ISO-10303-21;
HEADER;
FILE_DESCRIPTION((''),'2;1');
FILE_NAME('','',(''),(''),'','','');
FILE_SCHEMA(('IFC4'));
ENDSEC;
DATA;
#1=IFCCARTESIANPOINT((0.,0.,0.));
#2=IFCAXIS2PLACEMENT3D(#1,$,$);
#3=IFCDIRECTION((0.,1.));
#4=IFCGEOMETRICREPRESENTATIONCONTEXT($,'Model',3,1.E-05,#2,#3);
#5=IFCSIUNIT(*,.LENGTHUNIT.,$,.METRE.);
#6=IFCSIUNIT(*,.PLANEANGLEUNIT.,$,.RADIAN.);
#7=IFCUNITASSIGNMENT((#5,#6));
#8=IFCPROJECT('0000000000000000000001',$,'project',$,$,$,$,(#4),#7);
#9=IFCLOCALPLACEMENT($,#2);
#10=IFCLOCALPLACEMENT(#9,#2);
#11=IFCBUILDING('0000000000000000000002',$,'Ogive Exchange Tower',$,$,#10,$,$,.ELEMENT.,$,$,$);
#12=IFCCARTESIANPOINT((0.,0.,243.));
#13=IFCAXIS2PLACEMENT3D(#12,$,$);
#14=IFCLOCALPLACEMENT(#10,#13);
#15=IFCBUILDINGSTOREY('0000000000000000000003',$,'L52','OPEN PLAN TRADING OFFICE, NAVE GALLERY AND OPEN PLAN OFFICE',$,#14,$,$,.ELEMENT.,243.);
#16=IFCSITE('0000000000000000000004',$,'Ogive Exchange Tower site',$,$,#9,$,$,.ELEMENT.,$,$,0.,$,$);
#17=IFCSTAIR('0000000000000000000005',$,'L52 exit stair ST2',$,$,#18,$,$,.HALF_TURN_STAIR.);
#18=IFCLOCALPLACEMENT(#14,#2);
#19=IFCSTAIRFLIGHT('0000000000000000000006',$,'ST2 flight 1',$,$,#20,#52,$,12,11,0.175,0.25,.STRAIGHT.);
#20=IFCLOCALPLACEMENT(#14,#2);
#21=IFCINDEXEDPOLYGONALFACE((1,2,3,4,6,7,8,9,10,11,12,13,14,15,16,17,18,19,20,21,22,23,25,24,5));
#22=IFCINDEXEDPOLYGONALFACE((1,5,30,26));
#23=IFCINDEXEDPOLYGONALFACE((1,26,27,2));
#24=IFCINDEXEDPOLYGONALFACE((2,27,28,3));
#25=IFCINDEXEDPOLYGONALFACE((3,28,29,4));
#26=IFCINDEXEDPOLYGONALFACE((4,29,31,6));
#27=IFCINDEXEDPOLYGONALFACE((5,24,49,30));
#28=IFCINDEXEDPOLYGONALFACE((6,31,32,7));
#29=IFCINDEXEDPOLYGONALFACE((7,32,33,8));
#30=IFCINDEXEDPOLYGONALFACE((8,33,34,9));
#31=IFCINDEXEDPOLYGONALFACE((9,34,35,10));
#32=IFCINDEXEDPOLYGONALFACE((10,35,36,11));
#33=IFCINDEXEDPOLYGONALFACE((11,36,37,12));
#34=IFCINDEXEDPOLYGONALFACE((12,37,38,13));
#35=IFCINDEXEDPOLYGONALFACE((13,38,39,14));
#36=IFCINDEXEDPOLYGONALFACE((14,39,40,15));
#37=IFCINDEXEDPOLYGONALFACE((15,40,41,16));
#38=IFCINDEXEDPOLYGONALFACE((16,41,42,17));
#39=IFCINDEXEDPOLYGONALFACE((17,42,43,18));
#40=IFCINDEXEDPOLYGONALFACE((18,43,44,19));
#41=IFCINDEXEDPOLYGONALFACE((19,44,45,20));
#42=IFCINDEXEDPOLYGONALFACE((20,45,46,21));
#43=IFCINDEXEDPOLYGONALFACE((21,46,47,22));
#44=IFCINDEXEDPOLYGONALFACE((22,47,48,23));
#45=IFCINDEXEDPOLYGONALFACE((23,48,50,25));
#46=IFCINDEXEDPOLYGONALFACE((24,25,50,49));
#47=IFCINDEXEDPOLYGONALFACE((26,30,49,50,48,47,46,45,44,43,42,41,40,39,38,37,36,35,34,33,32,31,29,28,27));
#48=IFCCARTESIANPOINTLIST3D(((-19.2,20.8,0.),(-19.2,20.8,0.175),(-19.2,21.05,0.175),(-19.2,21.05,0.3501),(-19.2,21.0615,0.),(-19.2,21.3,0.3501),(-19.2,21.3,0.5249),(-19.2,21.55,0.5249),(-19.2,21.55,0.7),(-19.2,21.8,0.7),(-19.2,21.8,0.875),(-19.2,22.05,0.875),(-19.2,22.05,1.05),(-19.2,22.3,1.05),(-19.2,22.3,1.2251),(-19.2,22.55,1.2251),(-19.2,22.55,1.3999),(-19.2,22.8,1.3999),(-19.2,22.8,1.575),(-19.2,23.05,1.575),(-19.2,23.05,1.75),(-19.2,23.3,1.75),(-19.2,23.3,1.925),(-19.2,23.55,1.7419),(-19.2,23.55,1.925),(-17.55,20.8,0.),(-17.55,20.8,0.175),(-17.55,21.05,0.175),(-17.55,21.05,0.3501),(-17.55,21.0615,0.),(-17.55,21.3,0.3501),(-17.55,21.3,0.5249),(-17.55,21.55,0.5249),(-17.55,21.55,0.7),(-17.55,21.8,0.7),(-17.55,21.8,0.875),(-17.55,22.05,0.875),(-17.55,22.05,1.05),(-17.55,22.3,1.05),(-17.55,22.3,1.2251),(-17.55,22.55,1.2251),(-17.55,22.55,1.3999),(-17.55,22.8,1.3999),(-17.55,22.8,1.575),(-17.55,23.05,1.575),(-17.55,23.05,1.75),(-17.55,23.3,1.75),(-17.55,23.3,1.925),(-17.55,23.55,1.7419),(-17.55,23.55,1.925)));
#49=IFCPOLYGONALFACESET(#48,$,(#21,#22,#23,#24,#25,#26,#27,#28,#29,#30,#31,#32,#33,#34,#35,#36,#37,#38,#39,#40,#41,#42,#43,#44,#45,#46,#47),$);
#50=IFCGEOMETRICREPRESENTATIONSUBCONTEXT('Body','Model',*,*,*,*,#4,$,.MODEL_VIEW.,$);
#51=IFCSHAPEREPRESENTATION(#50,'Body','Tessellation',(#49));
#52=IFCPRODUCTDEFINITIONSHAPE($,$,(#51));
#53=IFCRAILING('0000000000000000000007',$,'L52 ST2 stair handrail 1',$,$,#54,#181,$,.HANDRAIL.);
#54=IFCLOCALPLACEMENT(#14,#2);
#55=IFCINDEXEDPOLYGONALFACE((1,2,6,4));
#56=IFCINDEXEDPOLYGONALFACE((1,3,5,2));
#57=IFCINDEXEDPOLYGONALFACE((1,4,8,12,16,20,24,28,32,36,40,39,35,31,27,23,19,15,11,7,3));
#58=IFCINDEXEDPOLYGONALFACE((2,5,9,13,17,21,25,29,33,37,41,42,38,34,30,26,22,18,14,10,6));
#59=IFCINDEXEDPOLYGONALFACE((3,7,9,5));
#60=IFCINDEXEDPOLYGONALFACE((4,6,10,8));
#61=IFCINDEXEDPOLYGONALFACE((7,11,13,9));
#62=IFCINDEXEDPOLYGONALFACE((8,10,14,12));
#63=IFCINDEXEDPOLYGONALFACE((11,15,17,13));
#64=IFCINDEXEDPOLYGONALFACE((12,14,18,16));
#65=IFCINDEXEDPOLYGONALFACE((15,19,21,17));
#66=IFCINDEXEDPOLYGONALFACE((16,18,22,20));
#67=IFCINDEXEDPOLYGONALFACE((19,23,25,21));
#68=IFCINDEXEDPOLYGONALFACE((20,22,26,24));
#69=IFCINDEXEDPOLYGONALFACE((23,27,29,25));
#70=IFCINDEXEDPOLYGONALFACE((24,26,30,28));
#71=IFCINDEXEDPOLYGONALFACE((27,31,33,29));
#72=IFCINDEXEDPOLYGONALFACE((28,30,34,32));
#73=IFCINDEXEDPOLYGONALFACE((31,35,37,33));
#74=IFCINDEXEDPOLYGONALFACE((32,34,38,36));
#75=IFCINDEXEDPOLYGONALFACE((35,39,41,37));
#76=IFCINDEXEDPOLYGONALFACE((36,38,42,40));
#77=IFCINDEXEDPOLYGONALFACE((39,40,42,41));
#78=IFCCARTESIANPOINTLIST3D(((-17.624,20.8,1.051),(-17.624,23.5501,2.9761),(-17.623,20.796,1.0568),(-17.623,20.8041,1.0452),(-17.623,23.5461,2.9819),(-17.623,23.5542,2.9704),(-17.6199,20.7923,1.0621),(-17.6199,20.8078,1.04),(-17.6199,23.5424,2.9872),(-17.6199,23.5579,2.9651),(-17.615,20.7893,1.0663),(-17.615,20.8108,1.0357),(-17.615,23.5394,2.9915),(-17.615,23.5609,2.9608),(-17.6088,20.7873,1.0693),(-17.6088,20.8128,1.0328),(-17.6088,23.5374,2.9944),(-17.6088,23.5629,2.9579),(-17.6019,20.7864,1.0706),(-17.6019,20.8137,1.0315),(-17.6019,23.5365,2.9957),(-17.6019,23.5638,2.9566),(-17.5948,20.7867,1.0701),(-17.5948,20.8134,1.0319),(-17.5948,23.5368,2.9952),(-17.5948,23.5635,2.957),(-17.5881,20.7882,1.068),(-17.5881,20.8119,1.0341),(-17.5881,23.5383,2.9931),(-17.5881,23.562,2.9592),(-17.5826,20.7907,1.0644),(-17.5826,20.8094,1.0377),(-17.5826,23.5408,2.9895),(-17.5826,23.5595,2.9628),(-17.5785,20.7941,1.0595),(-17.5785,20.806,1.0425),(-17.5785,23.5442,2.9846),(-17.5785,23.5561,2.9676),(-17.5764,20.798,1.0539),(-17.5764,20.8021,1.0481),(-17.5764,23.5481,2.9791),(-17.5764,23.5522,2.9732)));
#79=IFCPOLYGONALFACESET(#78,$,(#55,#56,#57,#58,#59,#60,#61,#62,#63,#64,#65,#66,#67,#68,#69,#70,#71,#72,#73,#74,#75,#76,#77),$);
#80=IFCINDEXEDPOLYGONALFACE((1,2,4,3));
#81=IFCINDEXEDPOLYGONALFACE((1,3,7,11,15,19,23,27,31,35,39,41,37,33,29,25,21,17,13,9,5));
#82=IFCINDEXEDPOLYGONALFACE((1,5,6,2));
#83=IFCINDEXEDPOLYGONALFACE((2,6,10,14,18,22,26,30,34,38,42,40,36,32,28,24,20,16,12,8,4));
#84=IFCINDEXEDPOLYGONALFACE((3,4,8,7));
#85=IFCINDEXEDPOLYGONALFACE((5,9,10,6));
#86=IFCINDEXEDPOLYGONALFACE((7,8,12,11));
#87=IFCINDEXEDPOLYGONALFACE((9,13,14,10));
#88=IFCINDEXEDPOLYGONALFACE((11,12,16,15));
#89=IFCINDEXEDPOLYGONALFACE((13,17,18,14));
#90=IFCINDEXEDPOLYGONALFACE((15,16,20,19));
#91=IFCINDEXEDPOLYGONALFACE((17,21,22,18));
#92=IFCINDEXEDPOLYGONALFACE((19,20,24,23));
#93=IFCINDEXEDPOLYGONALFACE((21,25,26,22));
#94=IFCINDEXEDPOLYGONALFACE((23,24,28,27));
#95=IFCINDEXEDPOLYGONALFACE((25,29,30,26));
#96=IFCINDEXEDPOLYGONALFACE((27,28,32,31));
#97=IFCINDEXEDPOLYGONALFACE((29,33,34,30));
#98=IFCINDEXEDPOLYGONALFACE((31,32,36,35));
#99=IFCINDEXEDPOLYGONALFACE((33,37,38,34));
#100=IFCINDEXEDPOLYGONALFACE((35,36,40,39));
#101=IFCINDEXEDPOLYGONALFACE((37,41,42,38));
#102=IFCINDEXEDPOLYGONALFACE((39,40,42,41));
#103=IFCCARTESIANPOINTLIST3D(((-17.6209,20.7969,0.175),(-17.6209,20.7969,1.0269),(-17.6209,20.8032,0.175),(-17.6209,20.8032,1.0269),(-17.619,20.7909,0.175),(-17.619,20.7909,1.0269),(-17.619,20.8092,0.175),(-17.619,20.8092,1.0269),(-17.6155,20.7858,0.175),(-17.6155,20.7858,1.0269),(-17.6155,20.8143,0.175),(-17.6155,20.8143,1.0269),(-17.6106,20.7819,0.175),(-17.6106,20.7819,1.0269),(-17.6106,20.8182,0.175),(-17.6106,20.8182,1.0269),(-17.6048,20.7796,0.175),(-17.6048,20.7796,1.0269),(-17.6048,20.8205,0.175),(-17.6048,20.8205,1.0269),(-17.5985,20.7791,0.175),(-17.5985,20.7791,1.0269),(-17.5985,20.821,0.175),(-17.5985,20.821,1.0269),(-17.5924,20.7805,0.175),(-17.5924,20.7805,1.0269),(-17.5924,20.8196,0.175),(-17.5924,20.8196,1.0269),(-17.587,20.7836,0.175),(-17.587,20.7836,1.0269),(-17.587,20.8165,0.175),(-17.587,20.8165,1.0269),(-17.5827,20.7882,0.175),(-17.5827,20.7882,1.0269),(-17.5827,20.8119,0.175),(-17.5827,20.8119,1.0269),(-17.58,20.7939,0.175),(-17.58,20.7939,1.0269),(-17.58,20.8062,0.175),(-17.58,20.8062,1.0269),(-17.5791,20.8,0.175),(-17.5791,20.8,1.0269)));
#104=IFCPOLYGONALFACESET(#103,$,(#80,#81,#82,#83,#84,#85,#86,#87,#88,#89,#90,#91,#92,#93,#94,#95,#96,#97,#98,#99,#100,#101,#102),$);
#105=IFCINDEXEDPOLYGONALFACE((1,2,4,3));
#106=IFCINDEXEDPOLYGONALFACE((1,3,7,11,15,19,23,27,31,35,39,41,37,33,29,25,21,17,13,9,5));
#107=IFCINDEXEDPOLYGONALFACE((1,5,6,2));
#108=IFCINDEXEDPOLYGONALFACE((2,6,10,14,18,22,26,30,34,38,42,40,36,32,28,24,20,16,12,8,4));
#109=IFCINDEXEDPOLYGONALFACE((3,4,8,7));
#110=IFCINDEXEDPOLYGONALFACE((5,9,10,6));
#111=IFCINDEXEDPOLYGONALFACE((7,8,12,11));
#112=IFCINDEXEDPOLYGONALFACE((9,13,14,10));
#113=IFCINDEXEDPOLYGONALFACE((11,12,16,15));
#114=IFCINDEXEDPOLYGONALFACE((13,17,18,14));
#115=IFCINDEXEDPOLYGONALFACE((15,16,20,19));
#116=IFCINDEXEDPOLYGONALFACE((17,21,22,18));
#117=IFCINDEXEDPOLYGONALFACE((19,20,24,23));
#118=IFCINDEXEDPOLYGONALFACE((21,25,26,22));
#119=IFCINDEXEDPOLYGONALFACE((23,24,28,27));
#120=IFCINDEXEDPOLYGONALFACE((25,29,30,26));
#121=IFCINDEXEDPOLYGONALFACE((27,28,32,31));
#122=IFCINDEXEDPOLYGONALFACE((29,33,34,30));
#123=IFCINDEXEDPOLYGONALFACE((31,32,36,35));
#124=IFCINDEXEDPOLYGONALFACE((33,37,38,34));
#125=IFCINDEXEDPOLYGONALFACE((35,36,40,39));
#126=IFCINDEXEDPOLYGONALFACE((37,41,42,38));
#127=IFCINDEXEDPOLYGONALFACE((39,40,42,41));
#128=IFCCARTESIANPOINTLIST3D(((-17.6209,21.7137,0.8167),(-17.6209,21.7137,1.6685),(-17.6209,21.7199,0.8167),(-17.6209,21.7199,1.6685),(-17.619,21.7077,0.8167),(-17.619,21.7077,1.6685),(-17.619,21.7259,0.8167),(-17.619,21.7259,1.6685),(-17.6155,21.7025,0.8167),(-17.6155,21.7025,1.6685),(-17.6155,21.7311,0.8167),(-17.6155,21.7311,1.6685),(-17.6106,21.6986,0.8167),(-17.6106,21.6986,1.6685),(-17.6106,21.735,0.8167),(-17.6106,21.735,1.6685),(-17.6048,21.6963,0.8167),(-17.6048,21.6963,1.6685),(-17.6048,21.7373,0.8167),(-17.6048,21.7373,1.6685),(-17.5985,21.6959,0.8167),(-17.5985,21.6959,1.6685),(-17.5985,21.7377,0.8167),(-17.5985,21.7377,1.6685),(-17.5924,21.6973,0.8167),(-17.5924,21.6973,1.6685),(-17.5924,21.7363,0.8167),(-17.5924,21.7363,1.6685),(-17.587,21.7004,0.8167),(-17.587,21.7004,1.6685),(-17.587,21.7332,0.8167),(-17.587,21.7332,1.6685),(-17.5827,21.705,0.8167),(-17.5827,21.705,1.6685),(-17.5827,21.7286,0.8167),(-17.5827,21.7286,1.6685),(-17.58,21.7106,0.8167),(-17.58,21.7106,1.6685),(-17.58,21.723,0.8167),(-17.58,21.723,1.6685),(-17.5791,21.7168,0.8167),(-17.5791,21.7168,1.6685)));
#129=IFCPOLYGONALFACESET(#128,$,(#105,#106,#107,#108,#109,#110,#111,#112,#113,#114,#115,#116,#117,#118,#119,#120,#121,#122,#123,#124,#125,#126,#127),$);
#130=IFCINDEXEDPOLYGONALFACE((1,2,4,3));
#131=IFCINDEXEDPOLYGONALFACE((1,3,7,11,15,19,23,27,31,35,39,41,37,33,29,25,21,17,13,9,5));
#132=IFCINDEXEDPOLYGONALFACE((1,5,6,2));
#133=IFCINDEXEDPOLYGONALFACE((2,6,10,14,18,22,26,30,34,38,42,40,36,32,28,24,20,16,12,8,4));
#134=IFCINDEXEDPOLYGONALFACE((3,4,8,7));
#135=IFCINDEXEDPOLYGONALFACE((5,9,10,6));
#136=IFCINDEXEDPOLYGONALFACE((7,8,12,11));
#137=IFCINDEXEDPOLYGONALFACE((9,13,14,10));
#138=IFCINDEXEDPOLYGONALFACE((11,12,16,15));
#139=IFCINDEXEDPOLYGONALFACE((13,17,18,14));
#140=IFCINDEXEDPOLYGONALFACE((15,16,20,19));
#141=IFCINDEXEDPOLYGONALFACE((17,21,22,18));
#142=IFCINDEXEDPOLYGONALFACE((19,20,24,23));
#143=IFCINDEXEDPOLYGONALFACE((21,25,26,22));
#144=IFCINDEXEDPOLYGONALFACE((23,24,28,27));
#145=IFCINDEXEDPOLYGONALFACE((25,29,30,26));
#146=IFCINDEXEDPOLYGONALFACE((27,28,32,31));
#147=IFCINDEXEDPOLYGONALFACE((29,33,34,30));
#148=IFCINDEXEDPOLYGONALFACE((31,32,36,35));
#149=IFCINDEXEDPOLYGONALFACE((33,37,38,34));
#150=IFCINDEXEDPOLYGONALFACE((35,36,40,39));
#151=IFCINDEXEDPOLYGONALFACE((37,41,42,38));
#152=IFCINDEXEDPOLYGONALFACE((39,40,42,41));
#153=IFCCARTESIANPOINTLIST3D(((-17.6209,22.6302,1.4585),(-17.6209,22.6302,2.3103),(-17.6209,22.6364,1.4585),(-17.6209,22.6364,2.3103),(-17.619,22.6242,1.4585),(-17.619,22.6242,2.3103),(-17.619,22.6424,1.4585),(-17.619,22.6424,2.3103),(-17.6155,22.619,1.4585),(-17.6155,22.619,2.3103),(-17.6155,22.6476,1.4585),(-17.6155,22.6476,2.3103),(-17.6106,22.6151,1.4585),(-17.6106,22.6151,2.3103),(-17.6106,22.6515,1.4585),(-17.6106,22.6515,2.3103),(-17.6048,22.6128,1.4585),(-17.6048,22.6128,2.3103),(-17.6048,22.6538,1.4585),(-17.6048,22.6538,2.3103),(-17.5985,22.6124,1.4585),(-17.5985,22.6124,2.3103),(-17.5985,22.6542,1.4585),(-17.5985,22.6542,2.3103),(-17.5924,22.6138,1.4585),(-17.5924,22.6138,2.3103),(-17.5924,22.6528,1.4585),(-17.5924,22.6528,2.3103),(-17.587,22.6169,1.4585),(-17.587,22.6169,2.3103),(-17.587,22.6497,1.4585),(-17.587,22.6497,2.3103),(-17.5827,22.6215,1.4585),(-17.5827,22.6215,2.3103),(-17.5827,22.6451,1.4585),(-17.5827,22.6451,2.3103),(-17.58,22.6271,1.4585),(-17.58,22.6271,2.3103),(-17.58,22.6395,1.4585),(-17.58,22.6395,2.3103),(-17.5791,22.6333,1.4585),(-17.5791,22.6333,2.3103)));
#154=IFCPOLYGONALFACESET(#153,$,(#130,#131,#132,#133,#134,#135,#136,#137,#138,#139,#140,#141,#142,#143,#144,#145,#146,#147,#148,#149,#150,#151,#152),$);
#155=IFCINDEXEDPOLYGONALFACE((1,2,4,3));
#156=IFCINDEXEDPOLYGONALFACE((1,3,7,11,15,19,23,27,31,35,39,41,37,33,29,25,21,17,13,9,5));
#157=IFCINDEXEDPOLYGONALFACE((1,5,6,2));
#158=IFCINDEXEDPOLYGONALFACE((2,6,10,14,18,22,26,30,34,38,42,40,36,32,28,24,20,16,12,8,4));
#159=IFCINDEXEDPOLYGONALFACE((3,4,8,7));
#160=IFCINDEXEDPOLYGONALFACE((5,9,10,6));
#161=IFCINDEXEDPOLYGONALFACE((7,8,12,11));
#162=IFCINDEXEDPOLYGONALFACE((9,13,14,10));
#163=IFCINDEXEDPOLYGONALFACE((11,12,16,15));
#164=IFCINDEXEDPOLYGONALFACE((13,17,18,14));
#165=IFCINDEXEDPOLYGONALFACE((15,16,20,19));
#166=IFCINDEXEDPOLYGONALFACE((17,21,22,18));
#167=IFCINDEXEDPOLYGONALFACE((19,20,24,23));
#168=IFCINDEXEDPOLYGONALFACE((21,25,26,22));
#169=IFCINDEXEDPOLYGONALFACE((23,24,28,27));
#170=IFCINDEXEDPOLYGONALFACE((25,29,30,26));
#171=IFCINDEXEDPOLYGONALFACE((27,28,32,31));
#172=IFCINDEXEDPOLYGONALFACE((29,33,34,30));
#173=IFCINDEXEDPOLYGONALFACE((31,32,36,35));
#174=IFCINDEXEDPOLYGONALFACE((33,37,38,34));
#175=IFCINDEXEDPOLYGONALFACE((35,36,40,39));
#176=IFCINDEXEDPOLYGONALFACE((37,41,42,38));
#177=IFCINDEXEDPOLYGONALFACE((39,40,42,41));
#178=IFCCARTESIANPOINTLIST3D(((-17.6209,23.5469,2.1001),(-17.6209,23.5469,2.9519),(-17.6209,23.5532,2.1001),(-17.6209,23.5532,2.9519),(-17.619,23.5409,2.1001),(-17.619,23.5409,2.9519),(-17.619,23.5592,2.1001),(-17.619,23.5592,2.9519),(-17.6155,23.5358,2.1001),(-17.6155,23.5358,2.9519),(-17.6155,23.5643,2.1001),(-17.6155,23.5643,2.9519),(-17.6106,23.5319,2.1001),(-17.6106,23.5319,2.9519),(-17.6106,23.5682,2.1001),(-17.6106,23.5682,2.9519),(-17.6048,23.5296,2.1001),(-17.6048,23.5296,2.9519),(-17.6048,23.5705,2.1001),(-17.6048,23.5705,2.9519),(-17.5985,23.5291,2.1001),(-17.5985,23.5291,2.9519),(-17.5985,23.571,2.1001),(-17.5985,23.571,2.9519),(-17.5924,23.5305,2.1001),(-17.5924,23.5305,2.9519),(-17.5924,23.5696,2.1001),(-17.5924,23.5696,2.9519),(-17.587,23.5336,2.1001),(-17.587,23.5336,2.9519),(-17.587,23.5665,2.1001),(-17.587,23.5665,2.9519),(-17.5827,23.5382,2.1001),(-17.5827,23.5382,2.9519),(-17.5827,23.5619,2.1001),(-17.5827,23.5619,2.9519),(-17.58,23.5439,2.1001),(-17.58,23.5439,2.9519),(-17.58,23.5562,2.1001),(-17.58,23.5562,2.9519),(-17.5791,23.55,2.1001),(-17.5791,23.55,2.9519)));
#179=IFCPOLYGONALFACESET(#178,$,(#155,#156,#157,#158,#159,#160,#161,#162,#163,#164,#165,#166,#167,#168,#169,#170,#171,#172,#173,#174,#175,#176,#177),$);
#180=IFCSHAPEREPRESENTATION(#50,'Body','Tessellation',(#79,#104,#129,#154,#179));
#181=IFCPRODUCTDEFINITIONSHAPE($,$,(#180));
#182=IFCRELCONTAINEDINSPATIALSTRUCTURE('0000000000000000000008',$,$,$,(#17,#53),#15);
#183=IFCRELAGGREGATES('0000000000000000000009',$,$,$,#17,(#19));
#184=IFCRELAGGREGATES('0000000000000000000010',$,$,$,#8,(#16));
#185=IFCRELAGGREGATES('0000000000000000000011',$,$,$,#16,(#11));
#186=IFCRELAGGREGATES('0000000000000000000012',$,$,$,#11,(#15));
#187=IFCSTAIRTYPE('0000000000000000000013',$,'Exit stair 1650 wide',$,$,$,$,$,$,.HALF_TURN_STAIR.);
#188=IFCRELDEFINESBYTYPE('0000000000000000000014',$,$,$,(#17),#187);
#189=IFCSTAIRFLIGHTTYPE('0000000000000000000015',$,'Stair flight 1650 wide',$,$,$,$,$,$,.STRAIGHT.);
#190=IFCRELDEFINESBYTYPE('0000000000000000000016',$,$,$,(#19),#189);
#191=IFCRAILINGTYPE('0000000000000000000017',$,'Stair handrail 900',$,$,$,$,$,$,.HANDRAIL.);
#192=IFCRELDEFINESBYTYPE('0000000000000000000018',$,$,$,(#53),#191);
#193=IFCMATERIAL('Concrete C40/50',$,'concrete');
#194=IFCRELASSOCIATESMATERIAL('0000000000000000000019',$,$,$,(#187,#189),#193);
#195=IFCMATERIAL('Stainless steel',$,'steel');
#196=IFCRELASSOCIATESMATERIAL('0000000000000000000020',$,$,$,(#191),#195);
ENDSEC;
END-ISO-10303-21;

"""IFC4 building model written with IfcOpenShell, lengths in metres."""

from ifc_helpers import new_model, si_unit, direction, frame, origin, origin_2d, place, context, subcontext, project, spatial, polyline, circle, outline, extrude, material, type_object, element, aggregate, save


model = new_model("IFC4")

# Units and contexts
model_context = context("Model", 3, precision=1e-05, world=origin(), true_north=direction((0.0, 1.0)))
body_context = subcontext(model_context, "Body", "Model", "MODEL_VIEW")
ifc_project = project(units=[si_unit("LENGTHUNIT", "METRE"), si_unit("PLANEANGLEUNIT", "RADIAN")], contexts=[model_context])

# Site, building, storey
site_placement = place(None, origin())
site = spatial("IfcSite", under=ifc_project, at=site_placement, Name="Ogive Exchange Tower site", CompositionType="ELEMENT", RefElevation=0.0)
building_placement = place(site_placement, origin())
building = spatial("IfcBuilding", under=site, at=building_placement, Name="Ogive Exchange Tower", CompositionType="ELEMENT")
storey_placement = place(building_placement, frame((0.0, 0.0, 243.0)))
storey = spatial("IfcBuildingStorey", under=building, at=storey_placement, Name="L52", Description="OPEN PLAN TRADING OFFICE, NAVE GALLERY AND OPEN PLAN OFFICE", CompositionType="ELEMENT", Elevation=243.0)

# Stair, stair flight
ifc_material_1 = material(Name="Concrete C40/50", Category="concrete")
stair_type = type_object("IfcStairType", Name="Exit stair 1650 wide", PredefinedType="HALF_TURN_STAIR", material=ifc_material_1)
stair_placement = place(storey_placement, origin())
stair = element("IfcStair", 1, at=stair_placement, inside=storey, type_object=stair_type, Name="L52 exit stair ST2", PredefinedType="HALF_TURN_STAIR")
stair_flight_type = type_object("IfcStairFlightType", Name="Stair flight 1650 wide", PredefinedType="STRAIGHT", material=ifc_material_1)
stair_flight_placement = place(storey_placement, frame((-18.375, 20.8, 0.0), z_axis=(0.0, 0.0, 1.0), x_axis=(0.0, 1.0, 0.0)))
stair_flight = element("IfcStairFlight", 2, at=stair_flight_placement, type_object=stair_flight_type, Name="ST2 flight 1", NumberOfRisers=12, NumberOfTreads=11, PredefinedType="STRAIGHT", RiserHeight=0.175, TreadLength=0.25, context=body_context, shape_type="SweptSolid", body=[
    extrude(outline(polyline([(0.0, 0.0), (0.0, 0.175), (0.25, 0.175), (0.25, 0.3501), (0.5, 0.3501), (0.5, 0.5249), (0.75, 0.5249), (0.75, 0.7), (1.0, 0.7), (1.0, 0.875), (1.25, 0.875), (1.25, 1.05), (1.5, 1.05), (1.5, 1.2251), (1.75, 1.2251), (1.75, 1.3999), (2.0, 1.3999), (2.0, 1.575), (2.25, 1.575), (2.25, 1.75), (2.5, 1.75), (2.5, 1.925), (2.75, 1.925), (2.75, 2.1001), (2.75, 1.7419), (0.2615, 0.0), (0.0, 0.0)])), frame((0.0, 0.825, 0.0), z_axis=(0.0, -1.0, 0.0), x_axis=(1.0, 0.0, 0.0)), (0.0, 0.0, 1.0), 1.6499),
])
aggregate(stair, [stair_flight])

# Railing
ifc_material_2 = material(Name="Stainless steel", Category="steel")
railing_type = type_object("IfcRailingType", Name="Stair handrail 900", PredefinedType="HANDRAIL", material=ifc_material_2)
railing_placement = place(storey_placement, frame((-17.6001, 20.8, 0.175)))
element("IfcRailing", 3, at=railing_placement, inside=storey, type_object=railing_type, Name="L52 ST2 stair handrail 1", PredefinedType="HANDRAIL", context=body_context, shape_type="SweptSolid", body=[
    extrude(circle(Radius=0.0239, at=origin_2d()), frame((0.0, 0.0, 0.876), z_axis=(0.0, 0.819225, 0.573472), x_axis=(-1.0, 0.0, 0.0)), (0.0, 0.0, 1.0), 3.3569),
    extrude(circle(Radius=0.021, at=origin_2d()), origin(), (0.0, 0.0, 1.0), 0.8518),
    extrude(circle(Radius=0.021, at=origin_2d()), frame((0.0, 0.9167, 0.6416)), (0.0, 0.0, 1.0), 0.8518),
    extrude(circle(Radius=0.021, at=origin_2d()), frame((0.0, 1.8333, 1.2834)), (0.0, 0.0, 1.0), 0.8518),
    extrude(circle(Radius=0.021, at=origin_2d()), frame((0.0, 2.75, 1.925)), (0.0, 0.0, 1.0), 0.8518),
])

save(model, "model.ifc")
